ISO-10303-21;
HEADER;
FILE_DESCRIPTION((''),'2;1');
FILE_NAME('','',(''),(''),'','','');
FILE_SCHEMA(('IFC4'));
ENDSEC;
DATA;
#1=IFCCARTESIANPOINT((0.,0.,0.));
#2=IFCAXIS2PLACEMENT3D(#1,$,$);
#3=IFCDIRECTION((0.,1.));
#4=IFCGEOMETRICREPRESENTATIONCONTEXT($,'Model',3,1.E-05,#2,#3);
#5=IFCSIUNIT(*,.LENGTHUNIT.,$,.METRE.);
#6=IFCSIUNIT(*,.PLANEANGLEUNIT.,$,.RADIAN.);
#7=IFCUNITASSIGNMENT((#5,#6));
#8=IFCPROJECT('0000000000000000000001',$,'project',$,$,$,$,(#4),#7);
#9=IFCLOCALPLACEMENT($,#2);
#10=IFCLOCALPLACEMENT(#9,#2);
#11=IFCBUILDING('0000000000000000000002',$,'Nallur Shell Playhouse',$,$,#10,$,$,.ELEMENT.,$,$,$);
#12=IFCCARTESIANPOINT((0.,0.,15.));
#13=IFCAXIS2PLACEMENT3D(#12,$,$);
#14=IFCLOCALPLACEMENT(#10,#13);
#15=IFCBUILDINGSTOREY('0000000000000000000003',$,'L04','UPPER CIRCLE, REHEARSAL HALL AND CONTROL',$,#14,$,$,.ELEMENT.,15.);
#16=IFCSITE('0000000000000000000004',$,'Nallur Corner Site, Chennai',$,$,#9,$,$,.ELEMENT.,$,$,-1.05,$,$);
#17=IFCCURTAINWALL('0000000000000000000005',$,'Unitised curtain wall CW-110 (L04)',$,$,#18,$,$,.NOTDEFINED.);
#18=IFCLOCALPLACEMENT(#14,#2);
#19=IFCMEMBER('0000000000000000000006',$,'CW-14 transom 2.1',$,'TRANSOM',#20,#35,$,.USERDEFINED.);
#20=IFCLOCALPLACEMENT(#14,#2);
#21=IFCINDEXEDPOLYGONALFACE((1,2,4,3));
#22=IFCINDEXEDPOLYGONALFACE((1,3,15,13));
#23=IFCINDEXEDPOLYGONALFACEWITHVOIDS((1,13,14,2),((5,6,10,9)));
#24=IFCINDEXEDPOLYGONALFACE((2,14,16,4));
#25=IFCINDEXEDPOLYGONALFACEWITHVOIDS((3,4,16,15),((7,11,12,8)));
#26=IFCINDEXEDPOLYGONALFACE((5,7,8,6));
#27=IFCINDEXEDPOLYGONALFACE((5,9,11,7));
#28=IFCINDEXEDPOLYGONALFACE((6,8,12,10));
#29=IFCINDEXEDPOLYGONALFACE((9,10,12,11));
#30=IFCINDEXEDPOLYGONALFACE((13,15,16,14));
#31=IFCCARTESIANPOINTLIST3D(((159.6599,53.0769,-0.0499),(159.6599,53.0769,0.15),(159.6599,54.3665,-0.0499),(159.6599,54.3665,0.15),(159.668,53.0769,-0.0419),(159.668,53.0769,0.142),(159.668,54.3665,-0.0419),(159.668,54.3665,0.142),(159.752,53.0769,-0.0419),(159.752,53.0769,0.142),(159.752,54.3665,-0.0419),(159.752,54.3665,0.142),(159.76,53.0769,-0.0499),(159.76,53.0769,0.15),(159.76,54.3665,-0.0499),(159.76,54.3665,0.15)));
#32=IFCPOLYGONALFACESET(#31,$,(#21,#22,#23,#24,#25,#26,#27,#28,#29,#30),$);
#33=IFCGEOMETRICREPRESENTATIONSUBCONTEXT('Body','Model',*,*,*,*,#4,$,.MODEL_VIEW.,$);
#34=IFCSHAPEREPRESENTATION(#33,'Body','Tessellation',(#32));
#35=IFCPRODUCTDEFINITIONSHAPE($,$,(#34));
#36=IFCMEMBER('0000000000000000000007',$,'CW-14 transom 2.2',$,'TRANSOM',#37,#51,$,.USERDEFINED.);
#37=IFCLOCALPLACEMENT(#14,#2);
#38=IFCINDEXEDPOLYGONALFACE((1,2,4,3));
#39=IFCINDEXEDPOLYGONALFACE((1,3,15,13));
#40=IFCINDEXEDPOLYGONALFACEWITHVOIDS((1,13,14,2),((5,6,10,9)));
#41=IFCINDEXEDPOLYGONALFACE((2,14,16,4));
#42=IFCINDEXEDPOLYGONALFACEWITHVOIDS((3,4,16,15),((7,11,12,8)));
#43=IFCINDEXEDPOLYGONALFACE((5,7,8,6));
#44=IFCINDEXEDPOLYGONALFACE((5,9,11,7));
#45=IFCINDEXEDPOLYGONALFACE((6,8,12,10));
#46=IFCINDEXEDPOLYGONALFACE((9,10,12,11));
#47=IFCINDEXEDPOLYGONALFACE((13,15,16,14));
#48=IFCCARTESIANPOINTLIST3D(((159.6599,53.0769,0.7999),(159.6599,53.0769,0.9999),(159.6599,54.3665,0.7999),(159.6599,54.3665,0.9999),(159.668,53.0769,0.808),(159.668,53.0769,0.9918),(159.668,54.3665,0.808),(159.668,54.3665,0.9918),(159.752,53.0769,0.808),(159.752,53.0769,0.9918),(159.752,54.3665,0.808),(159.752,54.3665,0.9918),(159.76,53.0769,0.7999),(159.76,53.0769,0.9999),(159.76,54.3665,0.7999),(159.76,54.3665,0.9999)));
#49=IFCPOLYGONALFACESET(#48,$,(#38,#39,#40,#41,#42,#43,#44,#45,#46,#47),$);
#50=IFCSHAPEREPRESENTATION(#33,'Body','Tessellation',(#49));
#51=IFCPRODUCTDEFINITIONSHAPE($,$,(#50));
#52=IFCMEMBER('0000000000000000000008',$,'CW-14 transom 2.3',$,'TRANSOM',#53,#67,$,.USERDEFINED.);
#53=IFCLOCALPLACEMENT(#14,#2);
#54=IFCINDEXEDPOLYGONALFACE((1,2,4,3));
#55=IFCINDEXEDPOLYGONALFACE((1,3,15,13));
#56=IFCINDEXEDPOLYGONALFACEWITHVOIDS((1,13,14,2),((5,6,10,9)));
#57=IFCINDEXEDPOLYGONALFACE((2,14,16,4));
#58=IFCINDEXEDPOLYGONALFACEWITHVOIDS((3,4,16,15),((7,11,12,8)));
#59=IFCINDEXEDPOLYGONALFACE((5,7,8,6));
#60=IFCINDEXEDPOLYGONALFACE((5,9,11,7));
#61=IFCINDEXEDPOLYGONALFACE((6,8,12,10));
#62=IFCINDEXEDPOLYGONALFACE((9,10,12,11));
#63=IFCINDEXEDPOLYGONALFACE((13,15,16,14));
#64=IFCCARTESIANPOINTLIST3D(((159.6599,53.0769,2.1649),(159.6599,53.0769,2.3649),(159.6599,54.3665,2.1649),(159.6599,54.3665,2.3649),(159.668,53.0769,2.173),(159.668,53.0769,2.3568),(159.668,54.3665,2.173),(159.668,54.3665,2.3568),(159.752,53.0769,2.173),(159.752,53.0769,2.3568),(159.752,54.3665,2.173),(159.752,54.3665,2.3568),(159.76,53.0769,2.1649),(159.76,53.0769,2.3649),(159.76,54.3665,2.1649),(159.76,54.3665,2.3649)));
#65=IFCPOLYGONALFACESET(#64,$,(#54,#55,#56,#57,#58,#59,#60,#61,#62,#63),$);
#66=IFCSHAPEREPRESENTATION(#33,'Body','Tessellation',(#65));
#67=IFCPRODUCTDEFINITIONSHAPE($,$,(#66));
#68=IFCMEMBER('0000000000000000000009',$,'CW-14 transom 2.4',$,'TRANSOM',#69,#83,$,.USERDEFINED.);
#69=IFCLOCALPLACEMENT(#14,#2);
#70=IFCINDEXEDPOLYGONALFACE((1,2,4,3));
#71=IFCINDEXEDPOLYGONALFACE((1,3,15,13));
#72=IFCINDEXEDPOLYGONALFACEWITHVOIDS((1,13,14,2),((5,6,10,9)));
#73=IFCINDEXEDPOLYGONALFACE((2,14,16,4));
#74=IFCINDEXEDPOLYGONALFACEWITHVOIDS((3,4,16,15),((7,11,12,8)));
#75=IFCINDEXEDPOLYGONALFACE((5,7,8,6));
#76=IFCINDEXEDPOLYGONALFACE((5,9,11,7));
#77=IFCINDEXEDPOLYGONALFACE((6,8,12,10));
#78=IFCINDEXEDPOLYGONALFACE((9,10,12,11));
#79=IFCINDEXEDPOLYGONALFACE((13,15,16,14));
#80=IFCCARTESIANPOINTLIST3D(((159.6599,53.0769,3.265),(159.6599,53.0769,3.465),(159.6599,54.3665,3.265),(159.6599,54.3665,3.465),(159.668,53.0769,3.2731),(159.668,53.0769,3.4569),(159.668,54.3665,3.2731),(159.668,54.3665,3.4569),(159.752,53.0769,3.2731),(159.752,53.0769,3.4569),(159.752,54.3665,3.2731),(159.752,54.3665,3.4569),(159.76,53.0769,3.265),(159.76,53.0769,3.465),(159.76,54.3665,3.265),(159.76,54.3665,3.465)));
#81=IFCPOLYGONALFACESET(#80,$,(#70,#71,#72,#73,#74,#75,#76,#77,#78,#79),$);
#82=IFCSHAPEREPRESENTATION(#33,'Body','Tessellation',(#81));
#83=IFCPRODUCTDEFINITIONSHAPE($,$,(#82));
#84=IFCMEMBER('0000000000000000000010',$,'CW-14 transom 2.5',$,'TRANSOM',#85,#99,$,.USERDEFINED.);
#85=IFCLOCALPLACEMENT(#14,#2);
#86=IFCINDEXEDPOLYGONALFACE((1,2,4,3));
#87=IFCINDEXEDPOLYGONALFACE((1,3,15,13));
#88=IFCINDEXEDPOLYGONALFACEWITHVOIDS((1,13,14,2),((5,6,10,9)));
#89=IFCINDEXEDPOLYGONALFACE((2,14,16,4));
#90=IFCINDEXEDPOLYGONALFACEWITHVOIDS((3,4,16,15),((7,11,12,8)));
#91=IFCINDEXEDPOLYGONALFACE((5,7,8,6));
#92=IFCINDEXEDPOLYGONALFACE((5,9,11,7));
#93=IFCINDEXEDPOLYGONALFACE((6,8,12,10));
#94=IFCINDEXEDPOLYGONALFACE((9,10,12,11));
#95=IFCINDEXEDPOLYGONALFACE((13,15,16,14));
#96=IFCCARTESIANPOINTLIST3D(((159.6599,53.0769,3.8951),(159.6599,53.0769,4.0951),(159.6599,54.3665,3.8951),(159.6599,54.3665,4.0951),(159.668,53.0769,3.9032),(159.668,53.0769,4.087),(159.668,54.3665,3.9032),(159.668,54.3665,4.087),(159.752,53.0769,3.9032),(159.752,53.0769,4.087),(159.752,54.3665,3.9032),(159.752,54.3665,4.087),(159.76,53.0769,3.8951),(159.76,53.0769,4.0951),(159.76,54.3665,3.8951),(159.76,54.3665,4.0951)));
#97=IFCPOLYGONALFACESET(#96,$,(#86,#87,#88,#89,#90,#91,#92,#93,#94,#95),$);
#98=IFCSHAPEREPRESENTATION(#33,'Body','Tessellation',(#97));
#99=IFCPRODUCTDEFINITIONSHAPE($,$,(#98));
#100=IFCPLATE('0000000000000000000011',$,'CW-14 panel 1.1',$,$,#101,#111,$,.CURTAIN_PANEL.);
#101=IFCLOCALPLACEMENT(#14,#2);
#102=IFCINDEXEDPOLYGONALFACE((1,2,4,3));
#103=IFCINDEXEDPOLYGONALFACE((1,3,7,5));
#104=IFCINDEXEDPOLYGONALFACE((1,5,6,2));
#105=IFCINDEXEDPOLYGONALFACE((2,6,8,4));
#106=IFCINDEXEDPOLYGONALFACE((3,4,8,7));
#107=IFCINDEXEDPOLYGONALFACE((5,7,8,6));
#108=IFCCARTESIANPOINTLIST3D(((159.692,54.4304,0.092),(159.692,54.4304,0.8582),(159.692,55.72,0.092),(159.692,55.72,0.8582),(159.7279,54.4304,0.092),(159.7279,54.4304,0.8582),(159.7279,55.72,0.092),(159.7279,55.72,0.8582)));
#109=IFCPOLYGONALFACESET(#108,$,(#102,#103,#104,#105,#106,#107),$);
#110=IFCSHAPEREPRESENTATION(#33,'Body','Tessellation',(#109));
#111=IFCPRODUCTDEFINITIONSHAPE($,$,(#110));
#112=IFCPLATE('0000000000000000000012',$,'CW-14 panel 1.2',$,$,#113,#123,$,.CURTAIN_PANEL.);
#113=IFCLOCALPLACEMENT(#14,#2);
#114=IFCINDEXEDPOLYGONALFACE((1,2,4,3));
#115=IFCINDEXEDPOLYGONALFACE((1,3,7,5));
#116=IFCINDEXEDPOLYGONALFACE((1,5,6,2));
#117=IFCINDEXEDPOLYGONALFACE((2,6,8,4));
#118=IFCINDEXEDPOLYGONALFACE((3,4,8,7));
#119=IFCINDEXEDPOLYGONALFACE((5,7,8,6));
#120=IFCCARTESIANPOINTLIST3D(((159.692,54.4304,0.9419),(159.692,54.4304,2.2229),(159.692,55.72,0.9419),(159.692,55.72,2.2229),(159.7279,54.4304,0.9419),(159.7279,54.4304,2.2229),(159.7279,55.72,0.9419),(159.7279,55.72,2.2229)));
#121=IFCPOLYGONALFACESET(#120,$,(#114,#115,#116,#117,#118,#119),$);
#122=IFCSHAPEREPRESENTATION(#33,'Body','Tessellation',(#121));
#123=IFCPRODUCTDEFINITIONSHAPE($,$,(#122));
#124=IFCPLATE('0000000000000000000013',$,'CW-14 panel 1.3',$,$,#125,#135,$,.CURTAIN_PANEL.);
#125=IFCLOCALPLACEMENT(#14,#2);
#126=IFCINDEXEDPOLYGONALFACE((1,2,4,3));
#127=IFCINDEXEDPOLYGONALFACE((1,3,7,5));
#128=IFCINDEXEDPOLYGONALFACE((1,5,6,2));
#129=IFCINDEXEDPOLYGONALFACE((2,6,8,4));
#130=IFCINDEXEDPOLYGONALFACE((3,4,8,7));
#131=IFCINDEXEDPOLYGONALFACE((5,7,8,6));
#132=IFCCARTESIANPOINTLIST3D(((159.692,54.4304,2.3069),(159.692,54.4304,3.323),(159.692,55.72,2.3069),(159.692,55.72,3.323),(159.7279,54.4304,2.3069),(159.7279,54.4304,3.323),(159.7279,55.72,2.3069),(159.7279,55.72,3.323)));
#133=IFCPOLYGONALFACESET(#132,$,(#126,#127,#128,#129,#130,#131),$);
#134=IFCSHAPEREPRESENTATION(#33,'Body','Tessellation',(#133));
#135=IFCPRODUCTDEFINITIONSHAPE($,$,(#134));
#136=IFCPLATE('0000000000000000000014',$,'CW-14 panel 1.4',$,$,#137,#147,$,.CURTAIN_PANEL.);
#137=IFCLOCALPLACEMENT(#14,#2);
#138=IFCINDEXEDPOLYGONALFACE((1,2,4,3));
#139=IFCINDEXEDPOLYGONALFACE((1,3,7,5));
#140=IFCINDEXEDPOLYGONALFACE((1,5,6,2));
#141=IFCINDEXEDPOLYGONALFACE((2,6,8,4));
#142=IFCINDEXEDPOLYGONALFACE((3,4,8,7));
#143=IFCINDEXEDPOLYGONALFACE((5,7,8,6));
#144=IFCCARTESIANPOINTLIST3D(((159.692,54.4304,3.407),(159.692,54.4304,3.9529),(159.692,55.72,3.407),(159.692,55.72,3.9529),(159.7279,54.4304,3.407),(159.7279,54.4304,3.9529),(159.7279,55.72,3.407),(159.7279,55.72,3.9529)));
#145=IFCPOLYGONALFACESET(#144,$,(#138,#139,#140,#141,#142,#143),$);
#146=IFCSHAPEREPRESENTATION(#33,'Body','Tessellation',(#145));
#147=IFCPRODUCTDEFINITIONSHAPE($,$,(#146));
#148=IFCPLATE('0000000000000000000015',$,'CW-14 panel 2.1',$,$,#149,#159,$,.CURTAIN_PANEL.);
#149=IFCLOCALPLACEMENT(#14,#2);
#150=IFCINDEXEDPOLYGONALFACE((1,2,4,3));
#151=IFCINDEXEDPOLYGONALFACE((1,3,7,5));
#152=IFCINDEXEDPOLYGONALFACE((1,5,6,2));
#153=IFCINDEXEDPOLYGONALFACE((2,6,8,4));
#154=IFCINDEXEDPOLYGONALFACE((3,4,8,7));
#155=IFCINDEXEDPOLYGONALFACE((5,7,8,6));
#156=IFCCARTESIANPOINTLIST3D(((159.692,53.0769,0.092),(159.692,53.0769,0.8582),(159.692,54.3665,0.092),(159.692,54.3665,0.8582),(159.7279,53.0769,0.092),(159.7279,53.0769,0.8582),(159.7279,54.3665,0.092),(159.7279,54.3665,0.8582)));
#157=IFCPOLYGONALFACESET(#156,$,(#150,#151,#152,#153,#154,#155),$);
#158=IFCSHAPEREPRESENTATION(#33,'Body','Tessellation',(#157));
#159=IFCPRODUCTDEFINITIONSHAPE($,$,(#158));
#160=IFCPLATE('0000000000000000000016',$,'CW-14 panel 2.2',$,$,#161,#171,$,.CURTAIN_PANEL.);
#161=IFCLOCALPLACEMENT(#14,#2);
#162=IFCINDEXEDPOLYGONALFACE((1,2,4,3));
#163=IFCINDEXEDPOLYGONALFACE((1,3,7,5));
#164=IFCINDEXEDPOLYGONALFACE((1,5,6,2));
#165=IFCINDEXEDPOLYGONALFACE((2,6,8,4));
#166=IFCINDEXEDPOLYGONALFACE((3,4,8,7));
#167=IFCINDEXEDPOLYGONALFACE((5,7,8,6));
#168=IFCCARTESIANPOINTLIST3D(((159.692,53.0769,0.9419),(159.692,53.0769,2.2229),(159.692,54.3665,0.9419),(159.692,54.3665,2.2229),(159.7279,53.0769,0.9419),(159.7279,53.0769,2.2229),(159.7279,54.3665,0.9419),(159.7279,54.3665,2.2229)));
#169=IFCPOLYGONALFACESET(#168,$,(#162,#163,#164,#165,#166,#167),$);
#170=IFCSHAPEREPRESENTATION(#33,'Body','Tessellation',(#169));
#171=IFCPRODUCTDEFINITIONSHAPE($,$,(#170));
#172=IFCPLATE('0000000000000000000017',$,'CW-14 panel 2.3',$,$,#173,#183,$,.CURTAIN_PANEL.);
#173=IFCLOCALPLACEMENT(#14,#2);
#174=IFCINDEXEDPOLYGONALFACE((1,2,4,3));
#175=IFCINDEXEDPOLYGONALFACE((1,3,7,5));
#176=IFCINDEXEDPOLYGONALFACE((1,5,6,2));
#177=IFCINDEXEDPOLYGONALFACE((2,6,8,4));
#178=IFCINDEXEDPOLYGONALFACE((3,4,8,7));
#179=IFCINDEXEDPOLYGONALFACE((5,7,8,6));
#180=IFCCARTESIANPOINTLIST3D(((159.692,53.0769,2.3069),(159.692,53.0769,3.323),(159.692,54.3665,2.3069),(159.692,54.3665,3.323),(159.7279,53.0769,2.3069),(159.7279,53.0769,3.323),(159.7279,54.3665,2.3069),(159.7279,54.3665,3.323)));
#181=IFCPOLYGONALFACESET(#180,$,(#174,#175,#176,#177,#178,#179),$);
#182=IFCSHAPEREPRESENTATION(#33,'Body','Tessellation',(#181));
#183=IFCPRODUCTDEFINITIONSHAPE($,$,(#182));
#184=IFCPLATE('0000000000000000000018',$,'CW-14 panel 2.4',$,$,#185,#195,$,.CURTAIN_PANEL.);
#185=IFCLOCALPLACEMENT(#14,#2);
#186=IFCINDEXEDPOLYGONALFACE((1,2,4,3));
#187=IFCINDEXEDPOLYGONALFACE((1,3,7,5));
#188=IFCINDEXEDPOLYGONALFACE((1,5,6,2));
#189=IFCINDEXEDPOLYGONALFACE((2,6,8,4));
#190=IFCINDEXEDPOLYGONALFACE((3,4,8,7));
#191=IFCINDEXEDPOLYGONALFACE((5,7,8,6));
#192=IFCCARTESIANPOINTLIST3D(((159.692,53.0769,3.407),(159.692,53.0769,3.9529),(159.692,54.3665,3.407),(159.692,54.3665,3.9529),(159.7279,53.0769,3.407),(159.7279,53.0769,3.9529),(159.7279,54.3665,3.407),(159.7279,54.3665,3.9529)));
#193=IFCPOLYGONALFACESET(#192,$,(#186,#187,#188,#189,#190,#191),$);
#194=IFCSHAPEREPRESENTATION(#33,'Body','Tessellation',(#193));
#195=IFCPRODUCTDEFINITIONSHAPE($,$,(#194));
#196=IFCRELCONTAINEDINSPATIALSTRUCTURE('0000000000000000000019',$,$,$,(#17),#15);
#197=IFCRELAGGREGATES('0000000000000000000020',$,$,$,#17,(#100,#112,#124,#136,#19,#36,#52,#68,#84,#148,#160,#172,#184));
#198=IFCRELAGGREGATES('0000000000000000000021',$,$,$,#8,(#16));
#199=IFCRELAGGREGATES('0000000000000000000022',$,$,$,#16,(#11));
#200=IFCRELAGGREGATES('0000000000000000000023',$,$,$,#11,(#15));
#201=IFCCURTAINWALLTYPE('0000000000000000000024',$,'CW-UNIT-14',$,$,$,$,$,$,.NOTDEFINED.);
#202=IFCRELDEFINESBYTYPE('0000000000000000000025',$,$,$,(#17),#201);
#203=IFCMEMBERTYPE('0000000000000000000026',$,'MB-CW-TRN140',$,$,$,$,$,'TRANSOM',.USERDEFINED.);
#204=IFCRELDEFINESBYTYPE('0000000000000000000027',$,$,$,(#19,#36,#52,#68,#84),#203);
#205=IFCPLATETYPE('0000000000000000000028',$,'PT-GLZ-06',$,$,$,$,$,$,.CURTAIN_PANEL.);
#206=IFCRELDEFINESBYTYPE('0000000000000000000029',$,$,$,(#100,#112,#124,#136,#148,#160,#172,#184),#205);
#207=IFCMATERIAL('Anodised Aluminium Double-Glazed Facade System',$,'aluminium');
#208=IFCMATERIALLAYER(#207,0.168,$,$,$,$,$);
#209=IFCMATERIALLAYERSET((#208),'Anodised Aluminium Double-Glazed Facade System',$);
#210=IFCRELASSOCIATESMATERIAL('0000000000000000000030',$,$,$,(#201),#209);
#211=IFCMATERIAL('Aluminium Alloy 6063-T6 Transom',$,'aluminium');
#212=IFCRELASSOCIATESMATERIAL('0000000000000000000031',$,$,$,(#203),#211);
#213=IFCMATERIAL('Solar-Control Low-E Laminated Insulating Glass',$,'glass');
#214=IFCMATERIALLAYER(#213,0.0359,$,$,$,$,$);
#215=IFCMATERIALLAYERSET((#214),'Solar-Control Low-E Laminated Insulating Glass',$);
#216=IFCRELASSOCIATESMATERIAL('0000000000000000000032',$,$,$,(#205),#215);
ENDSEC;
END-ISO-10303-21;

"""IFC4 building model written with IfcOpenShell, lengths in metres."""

from ifc_helpers import new_model, si_unit, direction, frame, origin, origin_2d, place, context, subcontext, project, spatial, rectangle, hollow_rectangle, extrude, material, layer, layer_set, material_profile, profile_set, type_object, element, aggregate, save


model = new_model("IFC4")

# Units and contexts
model_context = context("Model", 3, precision=1e-05, world=origin(), true_north=direction((0.0, 1.0)))
body_context = subcontext(model_context, "Body", "Model", "MODEL_VIEW")
ifc_project = project(units=[si_unit("LENGTHUNIT", "METRE"), si_unit("PLANEANGLEUNIT", "RADIAN")], contexts=[model_context])

# Site, building, storey
site_placement = place(None, origin())
site = spatial("IfcSite", under=ifc_project, at=site_placement, Name="Nallur Corner Site, Chennai", CompositionType="ELEMENT", RefElevation=-1.05)
building_placement = place(site_placement, origin())
building = spatial("IfcBuilding", under=site, at=building_placement, Name="Nallur Shell Playhouse", CompositionType="ELEMENT")
storey_placement = place(building_placement, frame((0.0, 0.0, 15.0)))
storey = spatial("IfcBuildingStorey", under=building, at=storey_placement, Name="L04", Description="UPPER CIRCLE, REHEARSAL HALL AND CONTROL", CompositionType="ELEMENT", Elevation=15.0)

# Curtain wall
ifc_material_1 = material(Name="Anodised Aluminium Double-Glazed Facade System", Category="aluminium")
ifc_layer_1 = layer(ifc_material_1, 0.168)
ifc_layer_set_1 = layer_set([ifc_layer_1], Name="Anodised Aluminium Double-Glazed Facade System")
curtain_wall_type_1 = type_object("IfcCurtainWallType", Name="CW-UNIT-14", PredefinedType="NOTDEFINED", material=ifc_layer_set_1)
curtain_wall_1_placement = place(storey_placement, origin())
curtain_wall_1 = element("IfcCurtainWall", 1, at=curtain_wall_1_placement, inside=storey, type_object=curtain_wall_type_1, Name="Unitised curtain wall CW-110 (L04)", PredefinedType="NOTDEFINED")
ifc_material_2 = material(Name="Aluminium Alloy 6063-T6 Transom", Category="aluminium")

# Members
ifc_material_profile_1 = material_profile(ifc_material_2, hollow_rectangle(XDim=0.1001, YDim=0.2, WallThickness=0.0081, at=origin_2d()), Name="RHS 200x100x8")
ifc_profile_set_1 = profile_set([ifc_material_profile_1], Name="Aluminium Alloy 6063-T6 Transom")
member_type_1 = type_object("IfcMemberType", Name="MB-CW-TRN140", ElementType="TRANSOM", PredefinedType="USERDEFINED", material=ifc_profile_set_1)
member_1_placement = place(storey_placement, frame((159.71, 54.3665, 0.05), z_axis=(0.0, -1.0, 0.0), x_axis=(1.0, 0.0, 0.0)))
member_1 = element("IfcMember", 2, at=member_1_placement, type_object=member_type_1, Name="CW-14 transom 2.1", ObjectType="TRANSOM", PredefinedType="USERDEFINED", context=body_context, shape_type="SweptSolid", body=[
    extrude(hollow_rectangle(XDim=0.1001, YDim=0.2, WallThickness=0.0081, at=origin_2d()), origin(), (0.0, 0.0, 1.0), 1.2896),
])
member_2_placement = place(storey_placement, frame((159.71, 54.3665, 0.8999), z_axis=(0.0, -1.0, 0.0), x_axis=(1.0, 0.0, 0.0)))
member_2 = element("IfcMember", 3, at=member_2_placement, type_object=member_type_1, Name="CW-14 transom 2.2", ObjectType="TRANSOM", PredefinedType="USERDEFINED", context=body_context, shape_type="SweptSolid", body=[
    extrude(hollow_rectangle(XDim=0.1001, YDim=0.2, WallThickness=0.0081, at=origin_2d()), origin(), (0.0, 0.0, 1.0), 1.2896),
])
member_3_placement = place(storey_placement, frame((159.71, 54.3665, 2.2649), z_axis=(0.0, -1.0, 0.0), x_axis=(1.0, 0.0, 0.0)))
member_3 = element("IfcMember", 4, at=member_3_placement, type_object=member_type_1, Name="CW-14 transom 2.3", ObjectType="TRANSOM", PredefinedType="USERDEFINED", context=body_context, shape_type="SweptSolid", body=[
    extrude(hollow_rectangle(XDim=0.1001, YDim=0.2, WallThickness=0.0081, at=origin_2d()), origin(), (0.0, 0.0, 1.0), 1.2896),
])
member_4_placement = place(storey_placement, frame((159.71, 54.3665, 3.365), z_axis=(0.0, -1.0, 0.0), x_axis=(1.0, 0.0, 0.0)))
member_4 = element("IfcMember", 5, at=member_4_placement, type_object=member_type_1, Name="CW-14 transom 2.4", ObjectType="TRANSOM", PredefinedType="USERDEFINED", context=body_context, shape_type="SweptSolid", body=[
    extrude(hollow_rectangle(XDim=0.1001, YDim=0.2, WallThickness=0.0081, at=origin_2d()), origin(), (0.0, 0.0, 1.0), 1.2896),
])
member_5_placement = place(storey_placement, frame((159.71, 54.3665, 3.9951), z_axis=(0.0, -1.0, 0.0), x_axis=(1.0, 0.0, 0.0)))
member_5 = element("IfcMember", 6, at=member_5_placement, type_object=member_type_1, Name="CW-14 transom 2.5", ObjectType="TRANSOM", PredefinedType="USERDEFINED", context=body_context, shape_type="SweptSolid", body=[
    extrude(hollow_rectangle(XDim=0.1001, YDim=0.2, WallThickness=0.0081, at=origin_2d()), origin(), (0.0, 0.0, 1.0), 1.2896),
])

# Plates
ifc_material_3 = material(Name="Solar-Control Low-E Laminated Insulating Glass", Category="glass")
ifc_layer_2 = layer(ifc_material_3, 0.0359)
ifc_layer_set_2 = layer_set([ifc_layer_2], Name="Solar-Control Low-E Laminated Insulating Glass")
plate_type_1 = type_object("IfcPlateType", Name="PT-GLZ-06", PredefinedType="CURTAIN_PANEL", material=ifc_layer_set_2)
plate_1_placement = place(storey_placement, frame((159.71, 55.0752, 0.092), z_axis=(0.0, 0.0, 1.0), x_axis=(0.0, -1.0, 0.0)))
plate_1 = element("IfcPlate", 7, at=plate_1_placement, type_object=plate_type_1, Name="CW-14 panel 1.1", PredefinedType="CURTAIN_PANEL", context=body_context, shape_type="SweptSolid", body=[
    extrude(rectangle(XDim=1.2896, YDim=0.0359, at=origin_2d()), origin(), (0.0, 0.0, 1.0), 0.7661),
])
plate_2_placement = place(storey_placement, frame((159.71, 55.0752, 0.9419), z_axis=(0.0, 0.0, 1.0), x_axis=(0.0, -1.0, 0.0)))
plate_2 = element("IfcPlate", 8, at=plate_2_placement, type_object=plate_type_1, Name="CW-14 panel 1.2", PredefinedType="CURTAIN_PANEL", context=body_context, shape_type="SweptSolid", body=[
    extrude(rectangle(XDim=1.2896, YDim=0.0359, at=origin_2d()), origin(), (0.0, 0.0, 1.0), 1.281),
])
plate_3_placement = place(storey_placement, frame((159.71, 55.0752, 2.3069), z_axis=(0.0, 0.0, 1.0), x_axis=(0.0, -1.0, 0.0)))
plate_3 = element("IfcPlate", 9, at=plate_3_placement, type_object=plate_type_1, Name="CW-14 panel 1.3", PredefinedType="CURTAIN_PANEL", context=body_context, shape_type="SweptSolid", body=[
    extrude(rectangle(XDim=1.2896, YDim=0.0359, at=origin_2d()), origin(), (0.0, 0.0, 1.0), 1.0161),
])
plate_4_placement = place(storey_placement, frame((159.71, 55.0752, 3.407), z_axis=(0.0, 0.0, 1.0), x_axis=(0.0, -1.0, 0.0)))
plate_4 = element("IfcPlate", 10, at=plate_4_placement, type_object=plate_type_1, Name="CW-14 panel 1.4", PredefinedType="CURTAIN_PANEL", context=body_context, shape_type="SweptSolid", body=[
    extrude(rectangle(XDim=1.2896, YDim=0.0359, at=origin_2d()), origin(), (0.0, 0.0, 1.0), 0.5459),
])
plate_5_placement = place(storey_placement, frame((159.71, 53.7217, 0.092), z_axis=(0.0, 0.0, 1.0), x_axis=(0.0, -1.0, 0.0)))
plate_5 = element("IfcPlate", 11, at=plate_5_placement, type_object=plate_type_1, Name="CW-14 panel 2.1", PredefinedType="CURTAIN_PANEL", context=body_context, shape_type="SweptSolid", body=[
    extrude(rectangle(XDim=1.2896, YDim=0.0359, at=origin_2d()), origin(), (0.0, 0.0, 1.0), 0.7661),
])
plate_6_placement = place(storey_placement, frame((159.71, 53.7217, 0.9419), z_axis=(0.0, 0.0, 1.0), x_axis=(0.0, -1.0, 0.0)))
plate_6 = element("IfcPlate", 12, at=plate_6_placement, type_object=plate_type_1, Name="CW-14 panel 2.2", PredefinedType="CURTAIN_PANEL", context=body_context, shape_type="SweptSolid", body=[
    extrude(rectangle(XDim=1.2896, YDim=0.0359, at=origin_2d()), origin(), (0.0, 0.0, 1.0), 1.281),
])
plate_7_placement = place(storey_placement, frame((159.71, 53.7217, 2.3069), z_axis=(0.0, 0.0, 1.0), x_axis=(0.0, -1.0, 0.0)))
plate_7 = element("IfcPlate", 13, at=plate_7_placement, type_object=plate_type_1, Name="CW-14 panel 2.3", PredefinedType="CURTAIN_PANEL", context=body_context, shape_type="SweptSolid", body=[
    extrude(rectangle(XDim=1.2896, YDim=0.0359, at=origin_2d()), origin(), (0.0, 0.0, 1.0), 1.0161),
])
plate_8_placement = place(storey_placement, frame((159.71, 53.7217, 3.407), z_axis=(0.0, 0.0, 1.0), x_axis=(0.0, -1.0, 0.0)))
plate_8 = element("IfcPlate", 14, at=plate_8_placement, type_object=plate_type_1, Name="CW-14 panel 2.4", PredefinedType="CURTAIN_PANEL", context=body_context, shape_type="SweptSolid", body=[
    extrude(rectangle(XDim=1.2896, YDim=0.0359, at=origin_2d()), origin(), (0.0, 0.0, 1.0), 0.5459),
])
aggregate(curtain_wall_1, [plate_1, plate_2, plate_3, plate_4, member_1, member_2, member_3, member_4, member_5, plate_5, plate_6, plate_7, plate_8])

save(model, "model.ifc")
